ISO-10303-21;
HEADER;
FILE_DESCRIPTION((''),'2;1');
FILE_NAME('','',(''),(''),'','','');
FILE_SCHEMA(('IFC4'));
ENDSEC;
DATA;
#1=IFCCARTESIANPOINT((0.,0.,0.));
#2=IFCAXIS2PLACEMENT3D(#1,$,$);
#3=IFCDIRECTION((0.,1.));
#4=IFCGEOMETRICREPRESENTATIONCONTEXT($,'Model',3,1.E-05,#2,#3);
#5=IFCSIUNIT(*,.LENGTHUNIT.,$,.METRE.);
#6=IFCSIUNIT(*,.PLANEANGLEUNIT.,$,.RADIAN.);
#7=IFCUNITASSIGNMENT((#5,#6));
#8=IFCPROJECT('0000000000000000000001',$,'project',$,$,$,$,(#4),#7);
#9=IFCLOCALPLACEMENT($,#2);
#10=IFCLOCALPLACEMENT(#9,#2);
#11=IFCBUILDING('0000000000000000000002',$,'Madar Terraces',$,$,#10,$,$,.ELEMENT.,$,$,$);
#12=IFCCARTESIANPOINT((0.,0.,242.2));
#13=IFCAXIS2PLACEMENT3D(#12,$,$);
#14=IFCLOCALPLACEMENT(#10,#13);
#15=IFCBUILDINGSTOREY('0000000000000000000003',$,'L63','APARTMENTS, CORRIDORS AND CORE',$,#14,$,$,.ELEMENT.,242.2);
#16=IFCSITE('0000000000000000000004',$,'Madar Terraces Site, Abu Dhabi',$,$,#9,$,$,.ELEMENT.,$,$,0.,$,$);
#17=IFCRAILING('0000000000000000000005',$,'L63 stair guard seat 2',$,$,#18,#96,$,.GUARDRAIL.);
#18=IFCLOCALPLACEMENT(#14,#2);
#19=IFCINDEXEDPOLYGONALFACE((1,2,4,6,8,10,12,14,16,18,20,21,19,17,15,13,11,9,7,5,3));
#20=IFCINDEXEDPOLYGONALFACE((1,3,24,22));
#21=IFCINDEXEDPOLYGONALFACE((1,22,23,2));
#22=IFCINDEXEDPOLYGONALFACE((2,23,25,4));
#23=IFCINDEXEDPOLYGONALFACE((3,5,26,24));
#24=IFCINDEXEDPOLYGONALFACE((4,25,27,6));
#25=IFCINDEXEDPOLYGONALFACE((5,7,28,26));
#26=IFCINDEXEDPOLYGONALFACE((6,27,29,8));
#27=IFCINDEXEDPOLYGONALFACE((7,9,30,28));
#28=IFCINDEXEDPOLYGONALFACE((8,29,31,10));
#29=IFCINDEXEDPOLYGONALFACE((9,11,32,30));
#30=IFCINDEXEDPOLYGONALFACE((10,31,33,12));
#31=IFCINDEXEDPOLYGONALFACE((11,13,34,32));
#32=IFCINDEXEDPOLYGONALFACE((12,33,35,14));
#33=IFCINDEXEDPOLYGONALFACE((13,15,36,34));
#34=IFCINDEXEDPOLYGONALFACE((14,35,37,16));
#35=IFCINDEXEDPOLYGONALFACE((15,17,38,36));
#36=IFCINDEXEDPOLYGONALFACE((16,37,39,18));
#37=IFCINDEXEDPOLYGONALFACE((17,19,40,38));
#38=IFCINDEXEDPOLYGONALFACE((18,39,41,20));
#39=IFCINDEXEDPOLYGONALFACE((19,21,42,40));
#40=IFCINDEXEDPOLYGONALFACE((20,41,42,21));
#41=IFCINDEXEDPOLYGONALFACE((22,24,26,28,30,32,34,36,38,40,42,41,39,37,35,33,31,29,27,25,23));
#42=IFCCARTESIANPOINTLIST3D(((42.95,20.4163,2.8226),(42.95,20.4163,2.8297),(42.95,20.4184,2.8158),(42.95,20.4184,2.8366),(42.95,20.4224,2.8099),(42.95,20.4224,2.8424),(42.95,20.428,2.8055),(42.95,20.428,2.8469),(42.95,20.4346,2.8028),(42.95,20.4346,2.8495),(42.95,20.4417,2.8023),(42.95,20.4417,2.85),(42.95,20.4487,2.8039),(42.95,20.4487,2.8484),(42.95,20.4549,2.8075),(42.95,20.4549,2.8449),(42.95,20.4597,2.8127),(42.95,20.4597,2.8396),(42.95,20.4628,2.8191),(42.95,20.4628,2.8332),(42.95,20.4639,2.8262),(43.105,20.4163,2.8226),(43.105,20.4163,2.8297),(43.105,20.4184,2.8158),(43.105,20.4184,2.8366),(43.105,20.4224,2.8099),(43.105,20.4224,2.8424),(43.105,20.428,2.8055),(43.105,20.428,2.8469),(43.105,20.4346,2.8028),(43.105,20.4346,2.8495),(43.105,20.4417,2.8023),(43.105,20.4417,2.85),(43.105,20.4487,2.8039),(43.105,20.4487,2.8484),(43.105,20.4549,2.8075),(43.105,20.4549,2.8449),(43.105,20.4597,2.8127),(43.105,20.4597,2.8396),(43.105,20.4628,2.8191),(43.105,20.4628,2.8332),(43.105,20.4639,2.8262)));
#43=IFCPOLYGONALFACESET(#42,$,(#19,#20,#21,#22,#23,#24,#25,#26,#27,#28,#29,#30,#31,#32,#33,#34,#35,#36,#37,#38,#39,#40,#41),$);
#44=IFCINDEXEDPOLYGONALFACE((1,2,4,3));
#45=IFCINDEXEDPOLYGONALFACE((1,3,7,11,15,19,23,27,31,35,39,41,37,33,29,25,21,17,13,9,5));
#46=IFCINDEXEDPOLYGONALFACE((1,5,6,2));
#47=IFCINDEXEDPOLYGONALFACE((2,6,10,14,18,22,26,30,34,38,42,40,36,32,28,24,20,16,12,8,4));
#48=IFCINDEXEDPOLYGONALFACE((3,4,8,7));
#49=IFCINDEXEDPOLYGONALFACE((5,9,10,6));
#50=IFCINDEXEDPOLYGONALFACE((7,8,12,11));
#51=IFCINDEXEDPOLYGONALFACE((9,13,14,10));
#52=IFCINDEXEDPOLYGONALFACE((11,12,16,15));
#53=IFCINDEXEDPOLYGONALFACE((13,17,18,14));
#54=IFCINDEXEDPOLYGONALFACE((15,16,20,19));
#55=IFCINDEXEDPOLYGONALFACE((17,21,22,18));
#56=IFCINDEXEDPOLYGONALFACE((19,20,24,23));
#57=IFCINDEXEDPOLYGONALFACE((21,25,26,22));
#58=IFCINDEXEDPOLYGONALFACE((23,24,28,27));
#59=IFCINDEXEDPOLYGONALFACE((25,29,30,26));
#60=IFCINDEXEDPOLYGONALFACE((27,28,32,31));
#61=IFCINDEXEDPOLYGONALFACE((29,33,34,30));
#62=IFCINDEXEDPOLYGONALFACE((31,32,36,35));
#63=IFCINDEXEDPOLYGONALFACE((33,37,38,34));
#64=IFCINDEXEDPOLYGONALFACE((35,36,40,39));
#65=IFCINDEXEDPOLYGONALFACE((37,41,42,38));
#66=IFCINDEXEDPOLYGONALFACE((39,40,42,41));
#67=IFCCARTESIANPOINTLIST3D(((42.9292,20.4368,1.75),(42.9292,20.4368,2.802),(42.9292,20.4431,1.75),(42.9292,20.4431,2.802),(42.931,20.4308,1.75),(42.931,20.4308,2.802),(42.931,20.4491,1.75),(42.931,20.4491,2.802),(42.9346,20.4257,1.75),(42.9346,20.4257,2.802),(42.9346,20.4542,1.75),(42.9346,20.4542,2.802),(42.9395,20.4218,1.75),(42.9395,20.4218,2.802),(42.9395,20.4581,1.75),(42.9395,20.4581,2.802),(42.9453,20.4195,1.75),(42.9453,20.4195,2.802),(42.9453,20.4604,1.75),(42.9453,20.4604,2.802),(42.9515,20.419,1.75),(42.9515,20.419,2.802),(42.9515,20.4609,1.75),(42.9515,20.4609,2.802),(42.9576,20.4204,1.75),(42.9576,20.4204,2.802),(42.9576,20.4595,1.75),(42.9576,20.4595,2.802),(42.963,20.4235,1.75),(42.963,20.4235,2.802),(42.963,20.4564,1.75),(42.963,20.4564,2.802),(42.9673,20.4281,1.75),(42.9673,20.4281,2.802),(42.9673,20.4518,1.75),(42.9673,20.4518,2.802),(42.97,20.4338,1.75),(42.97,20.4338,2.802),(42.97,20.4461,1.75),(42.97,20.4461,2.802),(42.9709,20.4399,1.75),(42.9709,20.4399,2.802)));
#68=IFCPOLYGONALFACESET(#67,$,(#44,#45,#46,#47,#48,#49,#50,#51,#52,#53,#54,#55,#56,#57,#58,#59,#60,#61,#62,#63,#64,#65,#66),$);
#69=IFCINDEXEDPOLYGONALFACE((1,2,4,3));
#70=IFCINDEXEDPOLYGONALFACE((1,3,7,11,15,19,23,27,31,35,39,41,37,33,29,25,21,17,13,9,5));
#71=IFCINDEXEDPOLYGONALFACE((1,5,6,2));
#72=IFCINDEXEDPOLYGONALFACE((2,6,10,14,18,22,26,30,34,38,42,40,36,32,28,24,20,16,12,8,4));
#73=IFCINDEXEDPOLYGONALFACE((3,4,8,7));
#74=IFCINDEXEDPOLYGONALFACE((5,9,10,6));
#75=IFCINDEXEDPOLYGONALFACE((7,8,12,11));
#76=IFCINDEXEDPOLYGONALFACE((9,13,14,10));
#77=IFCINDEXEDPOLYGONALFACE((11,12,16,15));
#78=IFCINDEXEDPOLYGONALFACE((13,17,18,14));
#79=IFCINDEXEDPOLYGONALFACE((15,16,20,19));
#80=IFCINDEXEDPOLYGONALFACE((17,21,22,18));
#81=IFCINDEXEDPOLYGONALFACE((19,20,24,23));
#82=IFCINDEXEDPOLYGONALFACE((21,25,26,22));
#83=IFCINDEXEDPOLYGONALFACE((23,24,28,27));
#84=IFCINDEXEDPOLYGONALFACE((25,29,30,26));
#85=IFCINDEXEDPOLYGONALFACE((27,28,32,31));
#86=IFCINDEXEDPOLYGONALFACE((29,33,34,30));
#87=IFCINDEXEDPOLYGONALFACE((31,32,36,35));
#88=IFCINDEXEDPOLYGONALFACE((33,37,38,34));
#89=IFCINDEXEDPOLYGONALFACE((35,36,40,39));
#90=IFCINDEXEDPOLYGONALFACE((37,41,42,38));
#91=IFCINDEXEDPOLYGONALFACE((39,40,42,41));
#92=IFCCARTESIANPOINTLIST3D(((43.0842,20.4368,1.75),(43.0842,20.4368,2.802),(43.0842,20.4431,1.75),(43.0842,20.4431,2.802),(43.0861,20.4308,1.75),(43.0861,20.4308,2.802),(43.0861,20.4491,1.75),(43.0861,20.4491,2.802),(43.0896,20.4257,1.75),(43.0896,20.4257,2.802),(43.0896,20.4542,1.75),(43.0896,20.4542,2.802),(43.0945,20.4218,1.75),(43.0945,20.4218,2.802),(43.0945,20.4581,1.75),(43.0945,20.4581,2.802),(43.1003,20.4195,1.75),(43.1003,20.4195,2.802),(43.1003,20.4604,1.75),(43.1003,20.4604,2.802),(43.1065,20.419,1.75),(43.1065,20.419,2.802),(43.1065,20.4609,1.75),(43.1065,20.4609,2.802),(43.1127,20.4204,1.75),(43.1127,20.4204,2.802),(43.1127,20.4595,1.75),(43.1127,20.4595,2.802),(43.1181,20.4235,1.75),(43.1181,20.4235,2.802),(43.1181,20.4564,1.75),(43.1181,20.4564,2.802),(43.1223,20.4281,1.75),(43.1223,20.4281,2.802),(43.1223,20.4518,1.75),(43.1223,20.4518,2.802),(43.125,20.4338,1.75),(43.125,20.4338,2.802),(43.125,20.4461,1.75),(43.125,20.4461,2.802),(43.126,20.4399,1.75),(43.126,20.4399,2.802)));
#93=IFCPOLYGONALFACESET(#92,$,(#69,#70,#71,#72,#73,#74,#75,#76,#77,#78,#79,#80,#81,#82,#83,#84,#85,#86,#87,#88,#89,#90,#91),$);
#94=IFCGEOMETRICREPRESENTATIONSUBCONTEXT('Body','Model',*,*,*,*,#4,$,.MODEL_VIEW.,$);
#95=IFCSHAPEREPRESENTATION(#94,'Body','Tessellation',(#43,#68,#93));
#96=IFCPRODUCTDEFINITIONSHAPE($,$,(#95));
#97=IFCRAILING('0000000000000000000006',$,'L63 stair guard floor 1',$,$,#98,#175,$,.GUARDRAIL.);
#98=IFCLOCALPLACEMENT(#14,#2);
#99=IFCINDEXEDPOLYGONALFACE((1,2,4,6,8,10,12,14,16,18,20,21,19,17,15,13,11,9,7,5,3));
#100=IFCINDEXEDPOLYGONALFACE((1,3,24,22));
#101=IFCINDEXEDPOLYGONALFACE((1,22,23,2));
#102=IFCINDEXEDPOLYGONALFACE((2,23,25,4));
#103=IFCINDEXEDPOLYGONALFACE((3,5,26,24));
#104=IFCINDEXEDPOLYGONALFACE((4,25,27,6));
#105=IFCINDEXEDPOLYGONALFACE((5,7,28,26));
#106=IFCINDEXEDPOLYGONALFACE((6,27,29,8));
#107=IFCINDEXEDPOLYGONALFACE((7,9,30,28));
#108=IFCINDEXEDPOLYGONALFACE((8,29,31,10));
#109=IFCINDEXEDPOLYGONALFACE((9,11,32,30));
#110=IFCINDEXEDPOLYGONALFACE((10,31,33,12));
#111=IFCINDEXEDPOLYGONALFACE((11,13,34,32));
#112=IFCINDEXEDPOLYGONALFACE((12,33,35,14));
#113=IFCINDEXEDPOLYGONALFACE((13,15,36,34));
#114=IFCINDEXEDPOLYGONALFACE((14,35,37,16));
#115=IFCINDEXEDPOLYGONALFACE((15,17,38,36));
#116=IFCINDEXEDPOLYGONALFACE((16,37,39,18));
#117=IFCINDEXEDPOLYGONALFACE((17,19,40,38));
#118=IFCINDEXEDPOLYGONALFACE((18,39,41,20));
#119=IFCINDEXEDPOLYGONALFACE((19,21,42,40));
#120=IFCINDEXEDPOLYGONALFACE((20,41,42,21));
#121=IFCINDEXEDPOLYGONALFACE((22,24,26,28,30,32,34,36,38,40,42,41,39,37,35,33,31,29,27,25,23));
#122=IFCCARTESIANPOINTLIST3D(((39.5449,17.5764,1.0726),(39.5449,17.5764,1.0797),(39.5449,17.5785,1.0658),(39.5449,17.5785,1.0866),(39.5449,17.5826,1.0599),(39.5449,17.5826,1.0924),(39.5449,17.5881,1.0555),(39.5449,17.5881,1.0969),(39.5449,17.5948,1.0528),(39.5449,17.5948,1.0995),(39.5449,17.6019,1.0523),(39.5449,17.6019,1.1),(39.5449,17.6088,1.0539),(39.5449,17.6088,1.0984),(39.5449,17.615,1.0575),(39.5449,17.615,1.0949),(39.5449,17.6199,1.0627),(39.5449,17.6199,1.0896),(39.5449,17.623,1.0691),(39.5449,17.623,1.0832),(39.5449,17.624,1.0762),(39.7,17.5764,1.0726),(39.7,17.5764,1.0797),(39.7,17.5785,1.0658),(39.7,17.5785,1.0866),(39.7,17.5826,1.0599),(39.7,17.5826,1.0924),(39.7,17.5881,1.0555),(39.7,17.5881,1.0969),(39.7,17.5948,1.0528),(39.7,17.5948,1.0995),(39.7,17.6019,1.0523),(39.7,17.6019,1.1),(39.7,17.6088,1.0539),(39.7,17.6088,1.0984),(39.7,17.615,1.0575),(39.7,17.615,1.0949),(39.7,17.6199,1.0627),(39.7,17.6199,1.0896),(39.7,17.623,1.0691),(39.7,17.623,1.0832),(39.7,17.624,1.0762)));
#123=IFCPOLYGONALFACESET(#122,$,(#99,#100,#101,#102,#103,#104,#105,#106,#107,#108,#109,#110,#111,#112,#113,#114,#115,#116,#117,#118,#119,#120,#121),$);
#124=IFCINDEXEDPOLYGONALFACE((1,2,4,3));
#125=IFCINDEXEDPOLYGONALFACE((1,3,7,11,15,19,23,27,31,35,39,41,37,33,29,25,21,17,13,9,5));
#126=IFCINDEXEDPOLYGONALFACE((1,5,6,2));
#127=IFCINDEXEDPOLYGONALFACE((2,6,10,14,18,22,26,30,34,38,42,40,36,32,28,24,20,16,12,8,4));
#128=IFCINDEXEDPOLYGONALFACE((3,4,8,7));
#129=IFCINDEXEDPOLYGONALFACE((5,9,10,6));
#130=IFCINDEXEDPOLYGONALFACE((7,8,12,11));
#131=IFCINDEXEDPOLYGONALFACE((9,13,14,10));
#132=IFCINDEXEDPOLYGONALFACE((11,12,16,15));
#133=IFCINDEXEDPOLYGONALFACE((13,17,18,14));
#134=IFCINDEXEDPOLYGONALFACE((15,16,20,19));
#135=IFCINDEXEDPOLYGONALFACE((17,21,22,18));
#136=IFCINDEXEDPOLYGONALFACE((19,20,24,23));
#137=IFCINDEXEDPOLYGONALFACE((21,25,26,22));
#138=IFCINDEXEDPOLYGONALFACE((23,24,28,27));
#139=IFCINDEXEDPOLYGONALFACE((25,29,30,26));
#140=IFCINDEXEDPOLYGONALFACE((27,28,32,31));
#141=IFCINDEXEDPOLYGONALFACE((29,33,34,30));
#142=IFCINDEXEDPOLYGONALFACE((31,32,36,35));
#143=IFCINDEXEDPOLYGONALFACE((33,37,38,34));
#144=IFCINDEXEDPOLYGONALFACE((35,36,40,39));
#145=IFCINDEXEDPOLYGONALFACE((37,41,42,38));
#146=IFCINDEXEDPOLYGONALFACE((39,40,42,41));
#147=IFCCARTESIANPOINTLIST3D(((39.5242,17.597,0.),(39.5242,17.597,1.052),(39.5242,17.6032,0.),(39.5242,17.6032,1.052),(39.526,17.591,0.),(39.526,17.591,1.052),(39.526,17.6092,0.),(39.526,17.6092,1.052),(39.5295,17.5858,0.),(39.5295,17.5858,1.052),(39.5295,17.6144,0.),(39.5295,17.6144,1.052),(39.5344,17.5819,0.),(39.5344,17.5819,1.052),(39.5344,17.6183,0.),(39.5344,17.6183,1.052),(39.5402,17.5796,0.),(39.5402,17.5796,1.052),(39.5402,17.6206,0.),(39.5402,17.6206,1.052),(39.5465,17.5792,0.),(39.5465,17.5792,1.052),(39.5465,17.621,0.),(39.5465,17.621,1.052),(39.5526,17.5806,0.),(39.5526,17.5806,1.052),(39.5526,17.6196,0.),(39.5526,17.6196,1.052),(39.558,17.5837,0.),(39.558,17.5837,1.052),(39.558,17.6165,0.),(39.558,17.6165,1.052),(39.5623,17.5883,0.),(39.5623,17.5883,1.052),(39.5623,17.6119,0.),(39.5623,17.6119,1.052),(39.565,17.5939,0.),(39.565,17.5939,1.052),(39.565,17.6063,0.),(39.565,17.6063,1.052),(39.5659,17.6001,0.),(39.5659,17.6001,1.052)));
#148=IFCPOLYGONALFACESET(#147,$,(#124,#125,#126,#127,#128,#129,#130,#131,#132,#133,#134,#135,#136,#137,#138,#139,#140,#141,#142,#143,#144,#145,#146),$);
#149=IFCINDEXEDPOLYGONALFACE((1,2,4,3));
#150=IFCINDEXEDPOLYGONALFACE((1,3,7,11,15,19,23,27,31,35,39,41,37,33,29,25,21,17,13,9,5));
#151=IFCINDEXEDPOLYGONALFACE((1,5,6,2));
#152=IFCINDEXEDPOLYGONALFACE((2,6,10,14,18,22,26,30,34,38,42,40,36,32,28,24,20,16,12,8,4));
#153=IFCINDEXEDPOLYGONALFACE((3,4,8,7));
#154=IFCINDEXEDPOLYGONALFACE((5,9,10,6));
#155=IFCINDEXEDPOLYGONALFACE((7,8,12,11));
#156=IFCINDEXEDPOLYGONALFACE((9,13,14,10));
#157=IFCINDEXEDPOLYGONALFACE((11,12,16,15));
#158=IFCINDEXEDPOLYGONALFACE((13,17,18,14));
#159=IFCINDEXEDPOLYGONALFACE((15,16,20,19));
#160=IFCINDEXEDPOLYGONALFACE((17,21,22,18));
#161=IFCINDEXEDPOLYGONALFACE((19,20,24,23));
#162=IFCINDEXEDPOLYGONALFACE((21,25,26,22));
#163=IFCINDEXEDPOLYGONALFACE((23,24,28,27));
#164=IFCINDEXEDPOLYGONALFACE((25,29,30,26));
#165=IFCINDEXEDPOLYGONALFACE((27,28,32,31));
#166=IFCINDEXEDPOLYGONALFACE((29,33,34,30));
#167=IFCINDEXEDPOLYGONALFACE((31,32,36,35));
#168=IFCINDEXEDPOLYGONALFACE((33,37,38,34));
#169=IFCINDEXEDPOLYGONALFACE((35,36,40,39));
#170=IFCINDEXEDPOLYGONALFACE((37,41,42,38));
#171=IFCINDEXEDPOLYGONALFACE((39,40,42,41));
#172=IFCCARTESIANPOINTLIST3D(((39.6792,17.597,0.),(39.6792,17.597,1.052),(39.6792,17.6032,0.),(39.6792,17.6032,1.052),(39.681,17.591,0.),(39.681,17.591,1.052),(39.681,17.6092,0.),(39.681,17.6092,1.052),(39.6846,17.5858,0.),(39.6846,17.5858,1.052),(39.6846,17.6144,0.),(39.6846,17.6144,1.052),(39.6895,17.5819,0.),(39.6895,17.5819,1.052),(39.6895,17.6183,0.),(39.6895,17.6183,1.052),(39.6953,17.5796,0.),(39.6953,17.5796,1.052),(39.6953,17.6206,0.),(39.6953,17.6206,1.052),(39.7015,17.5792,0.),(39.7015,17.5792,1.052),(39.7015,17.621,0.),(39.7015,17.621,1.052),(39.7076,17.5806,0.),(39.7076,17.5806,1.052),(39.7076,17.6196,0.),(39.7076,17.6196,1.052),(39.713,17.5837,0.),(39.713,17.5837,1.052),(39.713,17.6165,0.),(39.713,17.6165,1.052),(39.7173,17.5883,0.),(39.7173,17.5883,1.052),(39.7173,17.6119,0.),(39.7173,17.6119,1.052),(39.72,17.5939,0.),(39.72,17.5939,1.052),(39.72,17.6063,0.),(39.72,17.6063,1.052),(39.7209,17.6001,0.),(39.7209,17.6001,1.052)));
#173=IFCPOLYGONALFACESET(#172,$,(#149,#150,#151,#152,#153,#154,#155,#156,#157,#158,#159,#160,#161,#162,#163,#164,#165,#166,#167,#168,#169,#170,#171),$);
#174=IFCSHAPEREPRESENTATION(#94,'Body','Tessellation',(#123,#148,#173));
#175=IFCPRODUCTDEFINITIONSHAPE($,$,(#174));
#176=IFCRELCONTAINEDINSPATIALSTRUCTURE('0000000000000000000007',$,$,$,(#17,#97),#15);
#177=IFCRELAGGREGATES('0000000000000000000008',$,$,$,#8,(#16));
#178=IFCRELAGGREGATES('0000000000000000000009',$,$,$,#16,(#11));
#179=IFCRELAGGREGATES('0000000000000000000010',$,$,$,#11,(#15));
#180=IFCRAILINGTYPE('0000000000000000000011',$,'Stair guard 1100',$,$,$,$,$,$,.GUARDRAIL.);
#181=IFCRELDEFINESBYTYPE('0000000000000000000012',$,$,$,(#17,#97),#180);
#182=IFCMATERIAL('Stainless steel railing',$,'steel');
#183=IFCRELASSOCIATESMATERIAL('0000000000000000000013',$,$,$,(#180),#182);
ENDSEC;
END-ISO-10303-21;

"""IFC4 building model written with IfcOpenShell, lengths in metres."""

from ifc_helpers import new_model, si_unit, direction, frame, origin, origin_2d, place, context, subcontext, project, spatial, circle, extrude, material, type_object, element, save


model = new_model("IFC4")

# Units and contexts
model_context = context("Model", 3, precision=1e-05, world=origin(), true_north=direction((0.0, 1.0)))
body_context = subcontext(model_context, "Body", "Model", "MODEL_VIEW")
ifc_project = project(units=[si_unit("LENGTHUNIT", "METRE"), si_unit("PLANEANGLEUNIT", "RADIAN")], contexts=[model_context])

# Site, building, storey
site_placement = place(None, origin())
site = spatial("IfcSite", under=ifc_project, at=site_placement, Name="Madar Terraces Site, Abu Dhabi", CompositionType="ELEMENT", RefElevation=0.0)
building_placement = place(site_placement, origin())
building = spatial("IfcBuilding", under=site, at=building_placement, Name="Madar Terraces", CompositionType="ELEMENT")
storey_placement = place(building_placement, frame((0.0, 0.0, 242.2)))
storey = spatial("IfcBuildingStorey", under=building, at=storey_placement, Name="L63", Description="APARTMENTS, CORRIDORS AND CORE", CompositionType="ELEMENT", Elevation=242.2)

# Railings
ifc_material_1 = material(Name="Stainless steel railing", Category="steel")
railing_type_1 = type_object("IfcRailingType", Name="Stair guard 1100", PredefinedType="GUARDRAIL", material=ifc_material_1)
for number, where, name in (
    (1, (42.95, 20.4399, 1.75), "L63 stair guard seat 2"),
    (2, (39.5449, 17.6001, 0.0), "L63 stair guard floor 1"),
):
    element("IfcRailing", number, at=place(storey_placement, frame(where)), inside=storey, type_object=railing_type_1, Name=name, PredefinedType="GUARDRAIL", context=body_context, shape_type="SweptSolid", body=[
        extrude(circle(Radius=0.0239, at=origin_2d()), frame((0.0, 0.0, 1.0762), z_axis=(1.0, 0.0, 0.0), x_axis=(0.0, 1.0, 0.0)), (0.0, 0.0, 1.0), 0.155),
        extrude(circle(Radius=0.021, at=origin_2d()), origin(), (0.0, 0.0, 1.0), 1.052),
        extrude(circle(Radius=0.021, at=origin_2d()), frame((0.155, 0.0, 0.0)), (0.0, 0.0, 1.0), 1.052),
    ])

save(model, "model.ifc")
